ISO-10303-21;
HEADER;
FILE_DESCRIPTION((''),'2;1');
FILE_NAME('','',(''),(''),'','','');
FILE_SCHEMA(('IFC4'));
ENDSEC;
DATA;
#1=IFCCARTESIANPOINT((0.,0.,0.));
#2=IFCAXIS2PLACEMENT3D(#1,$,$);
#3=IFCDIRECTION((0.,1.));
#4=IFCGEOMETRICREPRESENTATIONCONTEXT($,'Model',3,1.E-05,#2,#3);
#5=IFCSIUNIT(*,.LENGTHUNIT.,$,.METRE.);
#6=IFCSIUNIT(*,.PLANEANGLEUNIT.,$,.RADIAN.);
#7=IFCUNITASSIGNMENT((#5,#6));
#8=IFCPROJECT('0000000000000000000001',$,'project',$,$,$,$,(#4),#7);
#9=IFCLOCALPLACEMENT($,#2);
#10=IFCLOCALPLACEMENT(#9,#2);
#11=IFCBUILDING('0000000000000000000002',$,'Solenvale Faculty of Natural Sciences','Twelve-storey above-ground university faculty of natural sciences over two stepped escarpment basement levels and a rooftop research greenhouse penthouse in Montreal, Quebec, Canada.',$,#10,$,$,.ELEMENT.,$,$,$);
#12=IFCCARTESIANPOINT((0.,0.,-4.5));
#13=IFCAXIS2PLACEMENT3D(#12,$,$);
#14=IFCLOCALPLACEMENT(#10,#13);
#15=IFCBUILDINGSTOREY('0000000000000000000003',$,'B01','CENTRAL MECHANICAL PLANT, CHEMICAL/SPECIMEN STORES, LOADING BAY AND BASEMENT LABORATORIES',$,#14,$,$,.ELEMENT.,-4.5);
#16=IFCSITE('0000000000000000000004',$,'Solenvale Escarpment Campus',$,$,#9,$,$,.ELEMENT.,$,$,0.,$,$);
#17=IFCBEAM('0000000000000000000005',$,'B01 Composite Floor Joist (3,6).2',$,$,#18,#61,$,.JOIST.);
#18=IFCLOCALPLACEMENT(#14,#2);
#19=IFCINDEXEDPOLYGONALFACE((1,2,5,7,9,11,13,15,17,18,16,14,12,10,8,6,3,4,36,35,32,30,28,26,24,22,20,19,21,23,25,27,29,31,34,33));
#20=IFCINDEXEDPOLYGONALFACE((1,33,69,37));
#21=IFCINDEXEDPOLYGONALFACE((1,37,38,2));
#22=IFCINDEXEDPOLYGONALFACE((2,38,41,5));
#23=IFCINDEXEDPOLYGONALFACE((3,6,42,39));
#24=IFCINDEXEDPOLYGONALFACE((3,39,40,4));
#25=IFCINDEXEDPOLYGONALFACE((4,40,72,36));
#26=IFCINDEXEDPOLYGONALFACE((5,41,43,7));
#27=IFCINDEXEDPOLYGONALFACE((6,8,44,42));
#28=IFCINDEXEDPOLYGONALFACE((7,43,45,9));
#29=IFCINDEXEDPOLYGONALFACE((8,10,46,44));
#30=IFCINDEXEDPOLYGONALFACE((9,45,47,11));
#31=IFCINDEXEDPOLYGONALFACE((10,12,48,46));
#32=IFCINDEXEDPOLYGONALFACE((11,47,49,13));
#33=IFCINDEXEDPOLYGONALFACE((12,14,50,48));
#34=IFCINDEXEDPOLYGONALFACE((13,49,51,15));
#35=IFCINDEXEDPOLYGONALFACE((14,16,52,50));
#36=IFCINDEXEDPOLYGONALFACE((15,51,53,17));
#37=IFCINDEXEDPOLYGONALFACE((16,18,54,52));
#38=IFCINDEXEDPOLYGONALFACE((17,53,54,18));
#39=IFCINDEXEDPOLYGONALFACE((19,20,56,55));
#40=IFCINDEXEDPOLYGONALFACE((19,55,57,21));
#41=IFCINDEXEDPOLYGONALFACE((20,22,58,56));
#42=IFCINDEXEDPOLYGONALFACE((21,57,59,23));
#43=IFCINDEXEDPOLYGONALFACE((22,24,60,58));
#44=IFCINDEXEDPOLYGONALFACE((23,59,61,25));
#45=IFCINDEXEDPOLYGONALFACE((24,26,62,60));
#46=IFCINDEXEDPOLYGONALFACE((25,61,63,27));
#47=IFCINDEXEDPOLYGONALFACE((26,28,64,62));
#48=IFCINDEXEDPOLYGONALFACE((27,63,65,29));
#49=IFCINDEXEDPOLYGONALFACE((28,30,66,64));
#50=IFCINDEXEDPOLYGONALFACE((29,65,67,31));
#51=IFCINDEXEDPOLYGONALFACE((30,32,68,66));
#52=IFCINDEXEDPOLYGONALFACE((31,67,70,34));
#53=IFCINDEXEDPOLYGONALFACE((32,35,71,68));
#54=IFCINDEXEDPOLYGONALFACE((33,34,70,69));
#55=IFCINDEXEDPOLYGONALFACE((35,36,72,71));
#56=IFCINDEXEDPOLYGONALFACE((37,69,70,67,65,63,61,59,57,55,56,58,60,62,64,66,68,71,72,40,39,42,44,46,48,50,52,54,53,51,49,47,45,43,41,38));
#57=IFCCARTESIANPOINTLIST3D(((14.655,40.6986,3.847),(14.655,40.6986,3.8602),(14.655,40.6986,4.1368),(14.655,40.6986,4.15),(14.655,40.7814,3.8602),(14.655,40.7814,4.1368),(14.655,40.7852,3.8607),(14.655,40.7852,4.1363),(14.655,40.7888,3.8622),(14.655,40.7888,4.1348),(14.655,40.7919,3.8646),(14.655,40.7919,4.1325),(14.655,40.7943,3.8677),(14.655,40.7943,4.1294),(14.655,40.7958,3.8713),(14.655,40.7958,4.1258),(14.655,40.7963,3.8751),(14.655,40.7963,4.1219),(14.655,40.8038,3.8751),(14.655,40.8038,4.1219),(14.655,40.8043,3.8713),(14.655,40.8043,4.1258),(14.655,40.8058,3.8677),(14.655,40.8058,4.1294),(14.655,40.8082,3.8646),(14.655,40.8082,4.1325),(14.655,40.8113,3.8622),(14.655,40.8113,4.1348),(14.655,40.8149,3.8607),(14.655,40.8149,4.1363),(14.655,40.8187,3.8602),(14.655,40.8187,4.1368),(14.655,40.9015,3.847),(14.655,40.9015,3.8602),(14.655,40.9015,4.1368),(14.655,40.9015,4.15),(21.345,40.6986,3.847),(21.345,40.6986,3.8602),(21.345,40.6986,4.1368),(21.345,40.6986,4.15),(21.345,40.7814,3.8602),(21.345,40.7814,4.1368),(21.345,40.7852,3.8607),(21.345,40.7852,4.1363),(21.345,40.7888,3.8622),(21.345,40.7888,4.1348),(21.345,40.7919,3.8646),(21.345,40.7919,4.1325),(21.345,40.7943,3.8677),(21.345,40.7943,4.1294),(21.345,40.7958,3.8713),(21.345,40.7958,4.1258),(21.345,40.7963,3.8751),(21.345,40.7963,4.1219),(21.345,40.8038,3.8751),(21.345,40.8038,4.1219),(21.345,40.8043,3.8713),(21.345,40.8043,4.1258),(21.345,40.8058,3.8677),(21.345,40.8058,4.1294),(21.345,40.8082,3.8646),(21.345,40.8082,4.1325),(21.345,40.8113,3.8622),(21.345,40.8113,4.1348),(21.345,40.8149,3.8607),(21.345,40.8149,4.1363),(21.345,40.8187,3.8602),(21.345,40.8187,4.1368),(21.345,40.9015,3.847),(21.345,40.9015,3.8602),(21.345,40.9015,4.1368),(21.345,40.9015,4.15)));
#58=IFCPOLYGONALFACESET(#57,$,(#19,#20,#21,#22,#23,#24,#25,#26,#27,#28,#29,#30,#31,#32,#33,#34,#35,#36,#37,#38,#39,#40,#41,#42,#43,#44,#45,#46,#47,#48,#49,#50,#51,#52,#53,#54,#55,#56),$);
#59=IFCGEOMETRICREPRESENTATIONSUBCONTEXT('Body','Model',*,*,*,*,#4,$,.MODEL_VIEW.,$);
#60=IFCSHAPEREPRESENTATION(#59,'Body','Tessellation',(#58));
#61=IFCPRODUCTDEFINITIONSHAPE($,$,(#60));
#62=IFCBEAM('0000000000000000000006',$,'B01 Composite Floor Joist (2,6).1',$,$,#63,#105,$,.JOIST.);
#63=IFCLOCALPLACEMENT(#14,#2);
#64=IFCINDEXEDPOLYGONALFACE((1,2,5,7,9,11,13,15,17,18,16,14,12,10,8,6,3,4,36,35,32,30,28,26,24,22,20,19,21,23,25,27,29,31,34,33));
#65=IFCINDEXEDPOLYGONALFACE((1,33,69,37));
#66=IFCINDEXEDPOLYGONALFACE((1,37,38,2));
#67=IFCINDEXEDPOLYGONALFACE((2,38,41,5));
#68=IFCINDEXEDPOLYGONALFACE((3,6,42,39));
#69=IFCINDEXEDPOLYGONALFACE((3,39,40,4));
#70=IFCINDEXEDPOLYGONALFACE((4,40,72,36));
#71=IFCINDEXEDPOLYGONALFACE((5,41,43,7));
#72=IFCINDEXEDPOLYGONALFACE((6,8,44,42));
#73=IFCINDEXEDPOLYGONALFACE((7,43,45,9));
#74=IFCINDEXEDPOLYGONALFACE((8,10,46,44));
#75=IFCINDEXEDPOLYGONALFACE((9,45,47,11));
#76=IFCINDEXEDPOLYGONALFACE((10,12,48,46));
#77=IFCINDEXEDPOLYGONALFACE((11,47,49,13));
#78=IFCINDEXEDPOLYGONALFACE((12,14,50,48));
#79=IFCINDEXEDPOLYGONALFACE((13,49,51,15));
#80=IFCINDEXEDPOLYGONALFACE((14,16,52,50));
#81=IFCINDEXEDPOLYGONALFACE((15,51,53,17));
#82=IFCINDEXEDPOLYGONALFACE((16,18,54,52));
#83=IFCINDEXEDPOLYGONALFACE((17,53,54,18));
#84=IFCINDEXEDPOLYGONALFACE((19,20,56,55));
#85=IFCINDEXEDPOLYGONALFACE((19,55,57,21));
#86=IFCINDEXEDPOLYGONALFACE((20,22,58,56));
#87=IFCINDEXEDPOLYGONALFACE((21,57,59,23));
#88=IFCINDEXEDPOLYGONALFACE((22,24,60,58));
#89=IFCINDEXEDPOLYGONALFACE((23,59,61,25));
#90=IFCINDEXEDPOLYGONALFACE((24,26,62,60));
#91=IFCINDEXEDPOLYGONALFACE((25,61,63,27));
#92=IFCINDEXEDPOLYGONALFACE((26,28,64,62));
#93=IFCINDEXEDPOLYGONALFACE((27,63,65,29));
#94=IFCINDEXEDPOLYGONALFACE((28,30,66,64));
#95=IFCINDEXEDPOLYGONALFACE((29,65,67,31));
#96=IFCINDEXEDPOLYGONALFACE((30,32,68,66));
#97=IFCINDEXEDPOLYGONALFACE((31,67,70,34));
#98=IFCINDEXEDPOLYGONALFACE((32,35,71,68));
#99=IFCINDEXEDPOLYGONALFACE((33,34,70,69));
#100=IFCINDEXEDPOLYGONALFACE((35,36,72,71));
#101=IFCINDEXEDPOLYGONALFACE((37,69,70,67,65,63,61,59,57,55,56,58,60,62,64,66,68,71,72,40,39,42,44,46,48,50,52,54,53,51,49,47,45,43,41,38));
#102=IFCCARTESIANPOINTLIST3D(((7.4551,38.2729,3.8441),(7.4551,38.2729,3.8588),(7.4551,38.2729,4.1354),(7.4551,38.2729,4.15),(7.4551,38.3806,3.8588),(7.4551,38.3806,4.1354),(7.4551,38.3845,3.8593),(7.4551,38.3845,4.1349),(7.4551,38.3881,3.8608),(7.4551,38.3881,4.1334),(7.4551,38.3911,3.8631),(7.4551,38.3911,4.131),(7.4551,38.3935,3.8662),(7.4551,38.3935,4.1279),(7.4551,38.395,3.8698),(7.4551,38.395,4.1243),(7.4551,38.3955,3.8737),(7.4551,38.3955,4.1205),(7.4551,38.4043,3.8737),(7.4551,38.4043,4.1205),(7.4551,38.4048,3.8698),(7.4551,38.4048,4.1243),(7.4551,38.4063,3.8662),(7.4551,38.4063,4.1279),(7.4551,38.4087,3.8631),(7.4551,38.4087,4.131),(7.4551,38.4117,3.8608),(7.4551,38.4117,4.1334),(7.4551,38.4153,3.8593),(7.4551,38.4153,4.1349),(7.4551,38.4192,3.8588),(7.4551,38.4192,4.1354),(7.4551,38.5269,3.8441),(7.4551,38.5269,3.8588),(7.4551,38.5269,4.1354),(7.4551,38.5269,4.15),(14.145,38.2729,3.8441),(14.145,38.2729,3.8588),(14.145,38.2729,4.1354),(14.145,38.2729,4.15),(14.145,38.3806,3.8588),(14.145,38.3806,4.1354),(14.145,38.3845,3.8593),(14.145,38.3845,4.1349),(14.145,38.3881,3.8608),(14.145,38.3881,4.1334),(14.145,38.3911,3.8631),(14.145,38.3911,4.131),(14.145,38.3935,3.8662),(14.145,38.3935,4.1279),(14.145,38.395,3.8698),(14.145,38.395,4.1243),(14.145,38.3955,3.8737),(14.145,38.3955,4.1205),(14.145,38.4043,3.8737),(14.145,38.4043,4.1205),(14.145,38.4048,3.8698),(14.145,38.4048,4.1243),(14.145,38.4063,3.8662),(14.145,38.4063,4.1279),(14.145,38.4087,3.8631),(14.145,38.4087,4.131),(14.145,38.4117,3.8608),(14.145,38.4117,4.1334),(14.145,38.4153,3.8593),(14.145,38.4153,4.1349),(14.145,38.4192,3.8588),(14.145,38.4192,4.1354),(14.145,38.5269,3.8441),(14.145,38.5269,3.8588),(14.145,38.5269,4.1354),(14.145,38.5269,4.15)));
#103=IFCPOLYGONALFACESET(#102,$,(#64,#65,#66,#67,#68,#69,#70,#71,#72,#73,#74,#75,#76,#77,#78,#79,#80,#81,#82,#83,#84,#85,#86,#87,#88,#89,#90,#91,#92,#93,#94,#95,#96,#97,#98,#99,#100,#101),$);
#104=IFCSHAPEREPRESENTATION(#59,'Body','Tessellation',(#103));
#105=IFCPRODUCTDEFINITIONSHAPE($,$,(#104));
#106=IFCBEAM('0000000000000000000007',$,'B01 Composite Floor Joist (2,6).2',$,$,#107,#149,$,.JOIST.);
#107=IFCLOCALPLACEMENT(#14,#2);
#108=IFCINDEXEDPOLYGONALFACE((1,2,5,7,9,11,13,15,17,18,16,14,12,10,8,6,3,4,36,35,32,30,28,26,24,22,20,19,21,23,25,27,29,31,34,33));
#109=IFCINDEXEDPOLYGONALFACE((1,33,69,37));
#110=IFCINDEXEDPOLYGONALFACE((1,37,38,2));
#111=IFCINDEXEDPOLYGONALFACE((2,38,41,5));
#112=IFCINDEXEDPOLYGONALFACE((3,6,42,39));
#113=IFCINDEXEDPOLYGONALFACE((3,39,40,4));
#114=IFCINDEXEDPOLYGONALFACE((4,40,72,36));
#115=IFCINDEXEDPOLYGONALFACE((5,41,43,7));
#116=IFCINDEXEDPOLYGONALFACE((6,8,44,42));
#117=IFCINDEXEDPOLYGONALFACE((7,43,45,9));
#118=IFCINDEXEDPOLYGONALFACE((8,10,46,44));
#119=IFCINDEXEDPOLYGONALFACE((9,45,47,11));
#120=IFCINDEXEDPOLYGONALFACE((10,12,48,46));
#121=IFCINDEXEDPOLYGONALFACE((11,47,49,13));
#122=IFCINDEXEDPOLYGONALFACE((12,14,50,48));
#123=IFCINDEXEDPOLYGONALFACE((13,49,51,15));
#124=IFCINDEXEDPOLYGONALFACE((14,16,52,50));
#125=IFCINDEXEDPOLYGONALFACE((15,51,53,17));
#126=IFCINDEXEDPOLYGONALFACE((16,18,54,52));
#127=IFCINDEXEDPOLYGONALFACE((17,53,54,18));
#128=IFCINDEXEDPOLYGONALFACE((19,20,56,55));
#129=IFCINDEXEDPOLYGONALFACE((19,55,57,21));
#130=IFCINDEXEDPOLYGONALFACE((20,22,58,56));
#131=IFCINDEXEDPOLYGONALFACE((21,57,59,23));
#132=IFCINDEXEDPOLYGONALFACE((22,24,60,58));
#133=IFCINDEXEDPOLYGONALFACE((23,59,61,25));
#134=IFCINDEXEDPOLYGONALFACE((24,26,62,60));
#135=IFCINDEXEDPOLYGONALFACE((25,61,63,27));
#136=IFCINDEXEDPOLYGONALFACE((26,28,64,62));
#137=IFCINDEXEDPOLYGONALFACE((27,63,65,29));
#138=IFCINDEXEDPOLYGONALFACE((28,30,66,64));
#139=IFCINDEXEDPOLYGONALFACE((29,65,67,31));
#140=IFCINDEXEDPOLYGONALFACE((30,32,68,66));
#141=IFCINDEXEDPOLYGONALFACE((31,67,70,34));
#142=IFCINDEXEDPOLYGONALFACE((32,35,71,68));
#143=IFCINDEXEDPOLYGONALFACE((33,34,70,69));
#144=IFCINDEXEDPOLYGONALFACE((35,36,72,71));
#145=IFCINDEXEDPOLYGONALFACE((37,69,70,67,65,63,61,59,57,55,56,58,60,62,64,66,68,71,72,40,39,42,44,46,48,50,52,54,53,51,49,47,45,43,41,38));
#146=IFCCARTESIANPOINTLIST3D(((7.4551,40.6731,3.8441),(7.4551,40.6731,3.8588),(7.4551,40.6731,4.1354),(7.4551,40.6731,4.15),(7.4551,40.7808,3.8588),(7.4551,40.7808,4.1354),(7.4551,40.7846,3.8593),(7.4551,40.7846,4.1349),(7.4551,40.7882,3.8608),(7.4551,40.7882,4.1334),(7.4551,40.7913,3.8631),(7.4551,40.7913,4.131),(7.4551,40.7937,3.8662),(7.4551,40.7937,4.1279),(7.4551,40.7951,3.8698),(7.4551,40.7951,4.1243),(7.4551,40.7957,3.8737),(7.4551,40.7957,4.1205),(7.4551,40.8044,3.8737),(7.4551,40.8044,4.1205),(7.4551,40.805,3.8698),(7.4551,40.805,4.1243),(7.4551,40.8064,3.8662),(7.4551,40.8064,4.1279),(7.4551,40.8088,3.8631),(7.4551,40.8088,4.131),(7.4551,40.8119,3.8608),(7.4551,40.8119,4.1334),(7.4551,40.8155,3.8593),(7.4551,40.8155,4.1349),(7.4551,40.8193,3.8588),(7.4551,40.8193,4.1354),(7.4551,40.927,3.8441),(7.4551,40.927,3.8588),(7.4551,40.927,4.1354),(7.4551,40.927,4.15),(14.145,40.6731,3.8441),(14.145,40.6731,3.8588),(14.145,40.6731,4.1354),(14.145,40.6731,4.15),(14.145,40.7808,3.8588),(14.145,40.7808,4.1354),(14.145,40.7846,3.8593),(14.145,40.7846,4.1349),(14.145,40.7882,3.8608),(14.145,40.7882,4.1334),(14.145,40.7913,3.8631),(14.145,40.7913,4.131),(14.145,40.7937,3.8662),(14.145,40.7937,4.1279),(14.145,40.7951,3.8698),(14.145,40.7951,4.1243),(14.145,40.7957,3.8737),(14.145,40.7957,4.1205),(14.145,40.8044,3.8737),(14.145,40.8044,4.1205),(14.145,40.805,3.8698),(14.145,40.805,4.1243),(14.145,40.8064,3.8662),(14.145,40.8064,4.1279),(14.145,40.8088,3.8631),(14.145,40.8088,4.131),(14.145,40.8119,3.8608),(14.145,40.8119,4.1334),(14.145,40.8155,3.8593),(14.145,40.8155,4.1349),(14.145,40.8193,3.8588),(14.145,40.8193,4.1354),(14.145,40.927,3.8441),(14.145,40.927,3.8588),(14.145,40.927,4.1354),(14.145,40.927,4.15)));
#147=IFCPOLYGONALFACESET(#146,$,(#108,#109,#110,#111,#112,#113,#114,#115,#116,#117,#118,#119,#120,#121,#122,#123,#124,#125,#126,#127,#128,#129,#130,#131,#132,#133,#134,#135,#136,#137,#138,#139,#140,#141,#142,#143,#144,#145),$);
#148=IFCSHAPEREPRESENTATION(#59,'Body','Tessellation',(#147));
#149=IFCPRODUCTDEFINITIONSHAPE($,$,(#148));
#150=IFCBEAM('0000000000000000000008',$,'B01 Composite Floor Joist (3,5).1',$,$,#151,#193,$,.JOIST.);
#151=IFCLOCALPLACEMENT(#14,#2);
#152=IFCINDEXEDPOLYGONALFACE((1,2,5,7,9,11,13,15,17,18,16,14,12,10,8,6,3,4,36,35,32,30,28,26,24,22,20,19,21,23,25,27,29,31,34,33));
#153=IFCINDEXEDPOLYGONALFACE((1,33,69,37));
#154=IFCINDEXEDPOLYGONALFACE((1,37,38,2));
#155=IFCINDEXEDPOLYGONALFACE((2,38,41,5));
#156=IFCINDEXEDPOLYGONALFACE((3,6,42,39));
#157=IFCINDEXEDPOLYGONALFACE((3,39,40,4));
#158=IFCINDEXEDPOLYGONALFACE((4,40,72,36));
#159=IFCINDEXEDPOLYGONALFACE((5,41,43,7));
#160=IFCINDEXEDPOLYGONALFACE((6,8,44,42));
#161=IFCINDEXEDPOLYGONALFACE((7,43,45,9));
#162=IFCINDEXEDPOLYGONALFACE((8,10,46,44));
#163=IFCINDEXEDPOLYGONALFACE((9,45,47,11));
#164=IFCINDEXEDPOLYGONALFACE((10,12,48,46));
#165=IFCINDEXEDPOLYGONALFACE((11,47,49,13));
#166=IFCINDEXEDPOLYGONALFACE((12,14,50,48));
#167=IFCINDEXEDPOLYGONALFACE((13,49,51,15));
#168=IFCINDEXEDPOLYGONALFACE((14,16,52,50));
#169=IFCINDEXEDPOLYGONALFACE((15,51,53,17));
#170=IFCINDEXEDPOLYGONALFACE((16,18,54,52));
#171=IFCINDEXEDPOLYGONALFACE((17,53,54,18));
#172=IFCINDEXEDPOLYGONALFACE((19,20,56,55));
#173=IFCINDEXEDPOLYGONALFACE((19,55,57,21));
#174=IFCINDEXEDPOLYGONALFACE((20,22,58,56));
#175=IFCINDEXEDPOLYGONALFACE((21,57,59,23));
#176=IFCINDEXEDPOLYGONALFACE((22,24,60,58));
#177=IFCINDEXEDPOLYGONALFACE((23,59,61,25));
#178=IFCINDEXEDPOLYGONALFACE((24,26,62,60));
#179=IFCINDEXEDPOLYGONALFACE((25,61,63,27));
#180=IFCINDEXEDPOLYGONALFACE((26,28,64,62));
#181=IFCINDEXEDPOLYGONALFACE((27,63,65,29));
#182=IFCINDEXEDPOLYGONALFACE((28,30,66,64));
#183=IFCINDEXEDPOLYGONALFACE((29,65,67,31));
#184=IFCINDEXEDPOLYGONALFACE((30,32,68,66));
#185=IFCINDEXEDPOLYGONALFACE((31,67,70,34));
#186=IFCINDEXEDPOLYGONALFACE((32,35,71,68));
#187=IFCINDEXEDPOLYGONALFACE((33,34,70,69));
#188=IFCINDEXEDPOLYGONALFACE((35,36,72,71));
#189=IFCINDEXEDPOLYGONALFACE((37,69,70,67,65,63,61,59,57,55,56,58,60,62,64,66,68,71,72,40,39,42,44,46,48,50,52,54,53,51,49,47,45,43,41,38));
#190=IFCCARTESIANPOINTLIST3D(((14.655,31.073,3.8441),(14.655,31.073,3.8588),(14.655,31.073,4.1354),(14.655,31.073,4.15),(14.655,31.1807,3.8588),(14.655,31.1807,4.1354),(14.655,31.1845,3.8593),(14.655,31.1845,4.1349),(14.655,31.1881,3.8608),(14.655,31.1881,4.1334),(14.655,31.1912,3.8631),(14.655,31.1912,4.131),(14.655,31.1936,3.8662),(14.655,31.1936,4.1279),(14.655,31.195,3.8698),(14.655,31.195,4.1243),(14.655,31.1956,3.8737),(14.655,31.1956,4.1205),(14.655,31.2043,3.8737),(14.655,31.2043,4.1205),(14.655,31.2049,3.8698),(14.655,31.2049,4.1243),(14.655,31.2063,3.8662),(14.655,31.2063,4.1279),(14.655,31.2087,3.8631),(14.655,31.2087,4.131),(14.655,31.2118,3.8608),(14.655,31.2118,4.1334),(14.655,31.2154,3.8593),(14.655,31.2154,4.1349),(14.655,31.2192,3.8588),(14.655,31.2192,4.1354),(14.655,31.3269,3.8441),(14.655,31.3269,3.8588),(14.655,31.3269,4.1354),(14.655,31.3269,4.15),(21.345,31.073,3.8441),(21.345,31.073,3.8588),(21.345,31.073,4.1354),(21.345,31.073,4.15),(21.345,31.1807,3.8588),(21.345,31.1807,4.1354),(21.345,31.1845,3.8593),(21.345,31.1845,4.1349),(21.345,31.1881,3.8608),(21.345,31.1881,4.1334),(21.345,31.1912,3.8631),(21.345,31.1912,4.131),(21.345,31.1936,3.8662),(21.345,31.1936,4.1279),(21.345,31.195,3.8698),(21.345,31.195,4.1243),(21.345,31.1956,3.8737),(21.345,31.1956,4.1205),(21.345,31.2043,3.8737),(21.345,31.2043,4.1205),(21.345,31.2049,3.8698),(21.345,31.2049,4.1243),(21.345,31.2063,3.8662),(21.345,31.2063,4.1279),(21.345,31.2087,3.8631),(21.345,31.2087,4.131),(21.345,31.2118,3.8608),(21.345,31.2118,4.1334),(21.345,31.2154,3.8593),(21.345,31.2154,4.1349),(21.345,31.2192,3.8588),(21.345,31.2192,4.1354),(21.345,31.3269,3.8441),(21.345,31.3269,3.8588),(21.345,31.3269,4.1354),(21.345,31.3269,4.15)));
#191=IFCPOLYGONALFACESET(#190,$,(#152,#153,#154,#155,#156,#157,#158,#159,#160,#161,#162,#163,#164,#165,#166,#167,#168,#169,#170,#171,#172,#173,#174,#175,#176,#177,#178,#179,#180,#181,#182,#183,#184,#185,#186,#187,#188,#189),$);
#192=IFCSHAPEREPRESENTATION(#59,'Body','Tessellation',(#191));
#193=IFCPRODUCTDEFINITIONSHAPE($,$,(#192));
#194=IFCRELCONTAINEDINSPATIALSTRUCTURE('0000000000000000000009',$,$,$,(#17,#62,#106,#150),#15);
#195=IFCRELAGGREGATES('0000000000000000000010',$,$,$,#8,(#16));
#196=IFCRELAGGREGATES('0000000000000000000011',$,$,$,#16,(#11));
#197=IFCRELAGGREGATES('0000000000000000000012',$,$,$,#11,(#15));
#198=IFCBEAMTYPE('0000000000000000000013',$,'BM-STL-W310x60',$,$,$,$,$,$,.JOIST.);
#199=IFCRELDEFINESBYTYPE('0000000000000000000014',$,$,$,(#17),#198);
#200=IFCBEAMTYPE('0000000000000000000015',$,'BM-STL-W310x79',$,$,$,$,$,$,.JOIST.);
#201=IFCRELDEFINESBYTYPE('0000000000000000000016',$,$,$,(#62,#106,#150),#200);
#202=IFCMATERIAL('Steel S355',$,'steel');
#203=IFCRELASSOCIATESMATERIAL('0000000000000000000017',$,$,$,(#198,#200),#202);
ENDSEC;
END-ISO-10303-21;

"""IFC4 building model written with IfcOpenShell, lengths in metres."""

from ifc_helpers import new_model, si_unit, direction, frame, origin, origin_2d, place, context, subcontext, project, spatial, i_section, extrude, material, material_profile, profile_set, type_object, element, save


model = new_model("IFC4")

# Units and contexts
model_context = context("Model", 3, precision=1e-05, world=origin(), true_north=direction((0.0, 1.0)))
body_context = subcontext(model_context, "Body", "Model", "MODEL_VIEW")
ifc_project = project(units=[si_unit("LENGTHUNIT", "METRE"), si_unit("PLANEANGLEUNIT", "RADIAN")], contexts=[model_context])

# Site, building, storey
site_placement = place(None, origin())
site = spatial("IfcSite", under=ifc_project, at=site_placement, Name="Solenvale Escarpment Campus", CompositionType="ELEMENT", RefElevation=0.0)
building_placement = place(site_placement, origin())
building = spatial("IfcBuilding", under=site, at=building_placement, Name="Solenvale Faculty of Natural Sciences", Description="Twelve-storey above-ground university faculty of natural sciences over two stepped escarpment basement levels and a rooftop research greenhouse penthouse in Montreal, Quebec, Canada.", CompositionType="ELEMENT")
storey_placement = place(building_placement, frame((0.0, 0.0, -4.5)))
storey = spatial("IfcBuildingStorey", under=building, at=storey_placement, Name="B01", Description="CENTRAL MECHANICAL PLANT, CHEMICAL/SPECIMEN STORES, LOADING BAY AND BASEMENT LABORATORIES", CompositionType="ELEMENT", Elevation=-4.5)

# Beams
ifc_material_1 = material(Name="Steel S355", Category="steel")
ifc_material_profile_1 = material_profile(ifc_material_1, i_section(OverallWidth=0.2029, OverallDepth=0.303, WebThickness=0.0076, FlangeThickness=0.0132, FilletRadius=0.0149, at=origin_2d()), Name="W310x60")
ifc_profile_set_1 = profile_set([ifc_material_profile_1], Name="Steel S355")
beam_type_1 = type_object("IfcBeamType", Name="BM-STL-W310x60", PredefinedType="JOIST", material=ifc_profile_set_1)
for number, where, z_axis, x_axis, name in (
    (1, (14.655, 40.8, 3.9985), (1.0, 0.0, 0.0), (0.0, 1.0, 0.0), "B01 Composite Floor Joist (3,6).2"),
):
    element("IfcBeam", number, at=place(storey_placement, frame(where, z_axis=z_axis, x_axis=x_axis)), inside=storey, type_object=beam_type_1, Name=name, PredefinedType="JOIST", context=body_context, shape_type="SweptSolid", body=[
        extrude(i_section(OverallWidth=0.2029, OverallDepth=0.303, WebThickness=0.0076, FlangeThickness=0.0132, FilletRadius=0.0149, at=origin_2d()), origin(), (0.0, 0.0, 1.0), 6.6899),
    ])
ifc_material_profile_2 = material_profile(ifc_material_1, i_section(OverallWidth=0.2539, OverallDepth=0.3059, WebThickness=0.0088, FlangeThickness=0.0146, FilletRadius=0.0149, at=origin_2d()), Name="W310x79")
ifc_profile_set_2 = profile_set([ifc_material_profile_2], Name="Steel S355")
beam_type_2 = type_object("IfcBeamType", Name="BM-STL-W310x79", PredefinedType="JOIST", material=ifc_profile_set_2)
for number, where, z_axis, x_axis, name in (
    (2, (7.4551, 38.3999, 3.9971), (1.0, 0.0, 0.0), (0.0, 1.0, 0.0), "B01 Composite Floor Joist (2,6).1"),
    (3, (7.4551, 40.8, 3.9971), (1.0, 0.0, 0.0), (0.0, 1.0, 0.0), "B01 Composite Floor Joist (2,6).2"),
    (4, (14.655, 31.2, 3.9971), (1.0, 0.0, 0.0), (0.0, 1.0, 0.0), "B01 Composite Floor Joist (3,5).1"),
):
    element("IfcBeam", number, at=place(storey_placement, frame(where, z_axis=z_axis, x_axis=x_axis)), inside=storey, type_object=beam_type_2, Name=name, PredefinedType="JOIST", context=body_context, shape_type="SweptSolid", body=[
        extrude(i_section(OverallWidth=0.2539, OverallDepth=0.3059, WebThickness=0.0088, FlangeThickness=0.0146, FilletRadius=0.0149, at=origin_2d()), origin(), (0.0, 0.0, 1.0), 6.6899),
    ])

save(model, "model.ifc")
